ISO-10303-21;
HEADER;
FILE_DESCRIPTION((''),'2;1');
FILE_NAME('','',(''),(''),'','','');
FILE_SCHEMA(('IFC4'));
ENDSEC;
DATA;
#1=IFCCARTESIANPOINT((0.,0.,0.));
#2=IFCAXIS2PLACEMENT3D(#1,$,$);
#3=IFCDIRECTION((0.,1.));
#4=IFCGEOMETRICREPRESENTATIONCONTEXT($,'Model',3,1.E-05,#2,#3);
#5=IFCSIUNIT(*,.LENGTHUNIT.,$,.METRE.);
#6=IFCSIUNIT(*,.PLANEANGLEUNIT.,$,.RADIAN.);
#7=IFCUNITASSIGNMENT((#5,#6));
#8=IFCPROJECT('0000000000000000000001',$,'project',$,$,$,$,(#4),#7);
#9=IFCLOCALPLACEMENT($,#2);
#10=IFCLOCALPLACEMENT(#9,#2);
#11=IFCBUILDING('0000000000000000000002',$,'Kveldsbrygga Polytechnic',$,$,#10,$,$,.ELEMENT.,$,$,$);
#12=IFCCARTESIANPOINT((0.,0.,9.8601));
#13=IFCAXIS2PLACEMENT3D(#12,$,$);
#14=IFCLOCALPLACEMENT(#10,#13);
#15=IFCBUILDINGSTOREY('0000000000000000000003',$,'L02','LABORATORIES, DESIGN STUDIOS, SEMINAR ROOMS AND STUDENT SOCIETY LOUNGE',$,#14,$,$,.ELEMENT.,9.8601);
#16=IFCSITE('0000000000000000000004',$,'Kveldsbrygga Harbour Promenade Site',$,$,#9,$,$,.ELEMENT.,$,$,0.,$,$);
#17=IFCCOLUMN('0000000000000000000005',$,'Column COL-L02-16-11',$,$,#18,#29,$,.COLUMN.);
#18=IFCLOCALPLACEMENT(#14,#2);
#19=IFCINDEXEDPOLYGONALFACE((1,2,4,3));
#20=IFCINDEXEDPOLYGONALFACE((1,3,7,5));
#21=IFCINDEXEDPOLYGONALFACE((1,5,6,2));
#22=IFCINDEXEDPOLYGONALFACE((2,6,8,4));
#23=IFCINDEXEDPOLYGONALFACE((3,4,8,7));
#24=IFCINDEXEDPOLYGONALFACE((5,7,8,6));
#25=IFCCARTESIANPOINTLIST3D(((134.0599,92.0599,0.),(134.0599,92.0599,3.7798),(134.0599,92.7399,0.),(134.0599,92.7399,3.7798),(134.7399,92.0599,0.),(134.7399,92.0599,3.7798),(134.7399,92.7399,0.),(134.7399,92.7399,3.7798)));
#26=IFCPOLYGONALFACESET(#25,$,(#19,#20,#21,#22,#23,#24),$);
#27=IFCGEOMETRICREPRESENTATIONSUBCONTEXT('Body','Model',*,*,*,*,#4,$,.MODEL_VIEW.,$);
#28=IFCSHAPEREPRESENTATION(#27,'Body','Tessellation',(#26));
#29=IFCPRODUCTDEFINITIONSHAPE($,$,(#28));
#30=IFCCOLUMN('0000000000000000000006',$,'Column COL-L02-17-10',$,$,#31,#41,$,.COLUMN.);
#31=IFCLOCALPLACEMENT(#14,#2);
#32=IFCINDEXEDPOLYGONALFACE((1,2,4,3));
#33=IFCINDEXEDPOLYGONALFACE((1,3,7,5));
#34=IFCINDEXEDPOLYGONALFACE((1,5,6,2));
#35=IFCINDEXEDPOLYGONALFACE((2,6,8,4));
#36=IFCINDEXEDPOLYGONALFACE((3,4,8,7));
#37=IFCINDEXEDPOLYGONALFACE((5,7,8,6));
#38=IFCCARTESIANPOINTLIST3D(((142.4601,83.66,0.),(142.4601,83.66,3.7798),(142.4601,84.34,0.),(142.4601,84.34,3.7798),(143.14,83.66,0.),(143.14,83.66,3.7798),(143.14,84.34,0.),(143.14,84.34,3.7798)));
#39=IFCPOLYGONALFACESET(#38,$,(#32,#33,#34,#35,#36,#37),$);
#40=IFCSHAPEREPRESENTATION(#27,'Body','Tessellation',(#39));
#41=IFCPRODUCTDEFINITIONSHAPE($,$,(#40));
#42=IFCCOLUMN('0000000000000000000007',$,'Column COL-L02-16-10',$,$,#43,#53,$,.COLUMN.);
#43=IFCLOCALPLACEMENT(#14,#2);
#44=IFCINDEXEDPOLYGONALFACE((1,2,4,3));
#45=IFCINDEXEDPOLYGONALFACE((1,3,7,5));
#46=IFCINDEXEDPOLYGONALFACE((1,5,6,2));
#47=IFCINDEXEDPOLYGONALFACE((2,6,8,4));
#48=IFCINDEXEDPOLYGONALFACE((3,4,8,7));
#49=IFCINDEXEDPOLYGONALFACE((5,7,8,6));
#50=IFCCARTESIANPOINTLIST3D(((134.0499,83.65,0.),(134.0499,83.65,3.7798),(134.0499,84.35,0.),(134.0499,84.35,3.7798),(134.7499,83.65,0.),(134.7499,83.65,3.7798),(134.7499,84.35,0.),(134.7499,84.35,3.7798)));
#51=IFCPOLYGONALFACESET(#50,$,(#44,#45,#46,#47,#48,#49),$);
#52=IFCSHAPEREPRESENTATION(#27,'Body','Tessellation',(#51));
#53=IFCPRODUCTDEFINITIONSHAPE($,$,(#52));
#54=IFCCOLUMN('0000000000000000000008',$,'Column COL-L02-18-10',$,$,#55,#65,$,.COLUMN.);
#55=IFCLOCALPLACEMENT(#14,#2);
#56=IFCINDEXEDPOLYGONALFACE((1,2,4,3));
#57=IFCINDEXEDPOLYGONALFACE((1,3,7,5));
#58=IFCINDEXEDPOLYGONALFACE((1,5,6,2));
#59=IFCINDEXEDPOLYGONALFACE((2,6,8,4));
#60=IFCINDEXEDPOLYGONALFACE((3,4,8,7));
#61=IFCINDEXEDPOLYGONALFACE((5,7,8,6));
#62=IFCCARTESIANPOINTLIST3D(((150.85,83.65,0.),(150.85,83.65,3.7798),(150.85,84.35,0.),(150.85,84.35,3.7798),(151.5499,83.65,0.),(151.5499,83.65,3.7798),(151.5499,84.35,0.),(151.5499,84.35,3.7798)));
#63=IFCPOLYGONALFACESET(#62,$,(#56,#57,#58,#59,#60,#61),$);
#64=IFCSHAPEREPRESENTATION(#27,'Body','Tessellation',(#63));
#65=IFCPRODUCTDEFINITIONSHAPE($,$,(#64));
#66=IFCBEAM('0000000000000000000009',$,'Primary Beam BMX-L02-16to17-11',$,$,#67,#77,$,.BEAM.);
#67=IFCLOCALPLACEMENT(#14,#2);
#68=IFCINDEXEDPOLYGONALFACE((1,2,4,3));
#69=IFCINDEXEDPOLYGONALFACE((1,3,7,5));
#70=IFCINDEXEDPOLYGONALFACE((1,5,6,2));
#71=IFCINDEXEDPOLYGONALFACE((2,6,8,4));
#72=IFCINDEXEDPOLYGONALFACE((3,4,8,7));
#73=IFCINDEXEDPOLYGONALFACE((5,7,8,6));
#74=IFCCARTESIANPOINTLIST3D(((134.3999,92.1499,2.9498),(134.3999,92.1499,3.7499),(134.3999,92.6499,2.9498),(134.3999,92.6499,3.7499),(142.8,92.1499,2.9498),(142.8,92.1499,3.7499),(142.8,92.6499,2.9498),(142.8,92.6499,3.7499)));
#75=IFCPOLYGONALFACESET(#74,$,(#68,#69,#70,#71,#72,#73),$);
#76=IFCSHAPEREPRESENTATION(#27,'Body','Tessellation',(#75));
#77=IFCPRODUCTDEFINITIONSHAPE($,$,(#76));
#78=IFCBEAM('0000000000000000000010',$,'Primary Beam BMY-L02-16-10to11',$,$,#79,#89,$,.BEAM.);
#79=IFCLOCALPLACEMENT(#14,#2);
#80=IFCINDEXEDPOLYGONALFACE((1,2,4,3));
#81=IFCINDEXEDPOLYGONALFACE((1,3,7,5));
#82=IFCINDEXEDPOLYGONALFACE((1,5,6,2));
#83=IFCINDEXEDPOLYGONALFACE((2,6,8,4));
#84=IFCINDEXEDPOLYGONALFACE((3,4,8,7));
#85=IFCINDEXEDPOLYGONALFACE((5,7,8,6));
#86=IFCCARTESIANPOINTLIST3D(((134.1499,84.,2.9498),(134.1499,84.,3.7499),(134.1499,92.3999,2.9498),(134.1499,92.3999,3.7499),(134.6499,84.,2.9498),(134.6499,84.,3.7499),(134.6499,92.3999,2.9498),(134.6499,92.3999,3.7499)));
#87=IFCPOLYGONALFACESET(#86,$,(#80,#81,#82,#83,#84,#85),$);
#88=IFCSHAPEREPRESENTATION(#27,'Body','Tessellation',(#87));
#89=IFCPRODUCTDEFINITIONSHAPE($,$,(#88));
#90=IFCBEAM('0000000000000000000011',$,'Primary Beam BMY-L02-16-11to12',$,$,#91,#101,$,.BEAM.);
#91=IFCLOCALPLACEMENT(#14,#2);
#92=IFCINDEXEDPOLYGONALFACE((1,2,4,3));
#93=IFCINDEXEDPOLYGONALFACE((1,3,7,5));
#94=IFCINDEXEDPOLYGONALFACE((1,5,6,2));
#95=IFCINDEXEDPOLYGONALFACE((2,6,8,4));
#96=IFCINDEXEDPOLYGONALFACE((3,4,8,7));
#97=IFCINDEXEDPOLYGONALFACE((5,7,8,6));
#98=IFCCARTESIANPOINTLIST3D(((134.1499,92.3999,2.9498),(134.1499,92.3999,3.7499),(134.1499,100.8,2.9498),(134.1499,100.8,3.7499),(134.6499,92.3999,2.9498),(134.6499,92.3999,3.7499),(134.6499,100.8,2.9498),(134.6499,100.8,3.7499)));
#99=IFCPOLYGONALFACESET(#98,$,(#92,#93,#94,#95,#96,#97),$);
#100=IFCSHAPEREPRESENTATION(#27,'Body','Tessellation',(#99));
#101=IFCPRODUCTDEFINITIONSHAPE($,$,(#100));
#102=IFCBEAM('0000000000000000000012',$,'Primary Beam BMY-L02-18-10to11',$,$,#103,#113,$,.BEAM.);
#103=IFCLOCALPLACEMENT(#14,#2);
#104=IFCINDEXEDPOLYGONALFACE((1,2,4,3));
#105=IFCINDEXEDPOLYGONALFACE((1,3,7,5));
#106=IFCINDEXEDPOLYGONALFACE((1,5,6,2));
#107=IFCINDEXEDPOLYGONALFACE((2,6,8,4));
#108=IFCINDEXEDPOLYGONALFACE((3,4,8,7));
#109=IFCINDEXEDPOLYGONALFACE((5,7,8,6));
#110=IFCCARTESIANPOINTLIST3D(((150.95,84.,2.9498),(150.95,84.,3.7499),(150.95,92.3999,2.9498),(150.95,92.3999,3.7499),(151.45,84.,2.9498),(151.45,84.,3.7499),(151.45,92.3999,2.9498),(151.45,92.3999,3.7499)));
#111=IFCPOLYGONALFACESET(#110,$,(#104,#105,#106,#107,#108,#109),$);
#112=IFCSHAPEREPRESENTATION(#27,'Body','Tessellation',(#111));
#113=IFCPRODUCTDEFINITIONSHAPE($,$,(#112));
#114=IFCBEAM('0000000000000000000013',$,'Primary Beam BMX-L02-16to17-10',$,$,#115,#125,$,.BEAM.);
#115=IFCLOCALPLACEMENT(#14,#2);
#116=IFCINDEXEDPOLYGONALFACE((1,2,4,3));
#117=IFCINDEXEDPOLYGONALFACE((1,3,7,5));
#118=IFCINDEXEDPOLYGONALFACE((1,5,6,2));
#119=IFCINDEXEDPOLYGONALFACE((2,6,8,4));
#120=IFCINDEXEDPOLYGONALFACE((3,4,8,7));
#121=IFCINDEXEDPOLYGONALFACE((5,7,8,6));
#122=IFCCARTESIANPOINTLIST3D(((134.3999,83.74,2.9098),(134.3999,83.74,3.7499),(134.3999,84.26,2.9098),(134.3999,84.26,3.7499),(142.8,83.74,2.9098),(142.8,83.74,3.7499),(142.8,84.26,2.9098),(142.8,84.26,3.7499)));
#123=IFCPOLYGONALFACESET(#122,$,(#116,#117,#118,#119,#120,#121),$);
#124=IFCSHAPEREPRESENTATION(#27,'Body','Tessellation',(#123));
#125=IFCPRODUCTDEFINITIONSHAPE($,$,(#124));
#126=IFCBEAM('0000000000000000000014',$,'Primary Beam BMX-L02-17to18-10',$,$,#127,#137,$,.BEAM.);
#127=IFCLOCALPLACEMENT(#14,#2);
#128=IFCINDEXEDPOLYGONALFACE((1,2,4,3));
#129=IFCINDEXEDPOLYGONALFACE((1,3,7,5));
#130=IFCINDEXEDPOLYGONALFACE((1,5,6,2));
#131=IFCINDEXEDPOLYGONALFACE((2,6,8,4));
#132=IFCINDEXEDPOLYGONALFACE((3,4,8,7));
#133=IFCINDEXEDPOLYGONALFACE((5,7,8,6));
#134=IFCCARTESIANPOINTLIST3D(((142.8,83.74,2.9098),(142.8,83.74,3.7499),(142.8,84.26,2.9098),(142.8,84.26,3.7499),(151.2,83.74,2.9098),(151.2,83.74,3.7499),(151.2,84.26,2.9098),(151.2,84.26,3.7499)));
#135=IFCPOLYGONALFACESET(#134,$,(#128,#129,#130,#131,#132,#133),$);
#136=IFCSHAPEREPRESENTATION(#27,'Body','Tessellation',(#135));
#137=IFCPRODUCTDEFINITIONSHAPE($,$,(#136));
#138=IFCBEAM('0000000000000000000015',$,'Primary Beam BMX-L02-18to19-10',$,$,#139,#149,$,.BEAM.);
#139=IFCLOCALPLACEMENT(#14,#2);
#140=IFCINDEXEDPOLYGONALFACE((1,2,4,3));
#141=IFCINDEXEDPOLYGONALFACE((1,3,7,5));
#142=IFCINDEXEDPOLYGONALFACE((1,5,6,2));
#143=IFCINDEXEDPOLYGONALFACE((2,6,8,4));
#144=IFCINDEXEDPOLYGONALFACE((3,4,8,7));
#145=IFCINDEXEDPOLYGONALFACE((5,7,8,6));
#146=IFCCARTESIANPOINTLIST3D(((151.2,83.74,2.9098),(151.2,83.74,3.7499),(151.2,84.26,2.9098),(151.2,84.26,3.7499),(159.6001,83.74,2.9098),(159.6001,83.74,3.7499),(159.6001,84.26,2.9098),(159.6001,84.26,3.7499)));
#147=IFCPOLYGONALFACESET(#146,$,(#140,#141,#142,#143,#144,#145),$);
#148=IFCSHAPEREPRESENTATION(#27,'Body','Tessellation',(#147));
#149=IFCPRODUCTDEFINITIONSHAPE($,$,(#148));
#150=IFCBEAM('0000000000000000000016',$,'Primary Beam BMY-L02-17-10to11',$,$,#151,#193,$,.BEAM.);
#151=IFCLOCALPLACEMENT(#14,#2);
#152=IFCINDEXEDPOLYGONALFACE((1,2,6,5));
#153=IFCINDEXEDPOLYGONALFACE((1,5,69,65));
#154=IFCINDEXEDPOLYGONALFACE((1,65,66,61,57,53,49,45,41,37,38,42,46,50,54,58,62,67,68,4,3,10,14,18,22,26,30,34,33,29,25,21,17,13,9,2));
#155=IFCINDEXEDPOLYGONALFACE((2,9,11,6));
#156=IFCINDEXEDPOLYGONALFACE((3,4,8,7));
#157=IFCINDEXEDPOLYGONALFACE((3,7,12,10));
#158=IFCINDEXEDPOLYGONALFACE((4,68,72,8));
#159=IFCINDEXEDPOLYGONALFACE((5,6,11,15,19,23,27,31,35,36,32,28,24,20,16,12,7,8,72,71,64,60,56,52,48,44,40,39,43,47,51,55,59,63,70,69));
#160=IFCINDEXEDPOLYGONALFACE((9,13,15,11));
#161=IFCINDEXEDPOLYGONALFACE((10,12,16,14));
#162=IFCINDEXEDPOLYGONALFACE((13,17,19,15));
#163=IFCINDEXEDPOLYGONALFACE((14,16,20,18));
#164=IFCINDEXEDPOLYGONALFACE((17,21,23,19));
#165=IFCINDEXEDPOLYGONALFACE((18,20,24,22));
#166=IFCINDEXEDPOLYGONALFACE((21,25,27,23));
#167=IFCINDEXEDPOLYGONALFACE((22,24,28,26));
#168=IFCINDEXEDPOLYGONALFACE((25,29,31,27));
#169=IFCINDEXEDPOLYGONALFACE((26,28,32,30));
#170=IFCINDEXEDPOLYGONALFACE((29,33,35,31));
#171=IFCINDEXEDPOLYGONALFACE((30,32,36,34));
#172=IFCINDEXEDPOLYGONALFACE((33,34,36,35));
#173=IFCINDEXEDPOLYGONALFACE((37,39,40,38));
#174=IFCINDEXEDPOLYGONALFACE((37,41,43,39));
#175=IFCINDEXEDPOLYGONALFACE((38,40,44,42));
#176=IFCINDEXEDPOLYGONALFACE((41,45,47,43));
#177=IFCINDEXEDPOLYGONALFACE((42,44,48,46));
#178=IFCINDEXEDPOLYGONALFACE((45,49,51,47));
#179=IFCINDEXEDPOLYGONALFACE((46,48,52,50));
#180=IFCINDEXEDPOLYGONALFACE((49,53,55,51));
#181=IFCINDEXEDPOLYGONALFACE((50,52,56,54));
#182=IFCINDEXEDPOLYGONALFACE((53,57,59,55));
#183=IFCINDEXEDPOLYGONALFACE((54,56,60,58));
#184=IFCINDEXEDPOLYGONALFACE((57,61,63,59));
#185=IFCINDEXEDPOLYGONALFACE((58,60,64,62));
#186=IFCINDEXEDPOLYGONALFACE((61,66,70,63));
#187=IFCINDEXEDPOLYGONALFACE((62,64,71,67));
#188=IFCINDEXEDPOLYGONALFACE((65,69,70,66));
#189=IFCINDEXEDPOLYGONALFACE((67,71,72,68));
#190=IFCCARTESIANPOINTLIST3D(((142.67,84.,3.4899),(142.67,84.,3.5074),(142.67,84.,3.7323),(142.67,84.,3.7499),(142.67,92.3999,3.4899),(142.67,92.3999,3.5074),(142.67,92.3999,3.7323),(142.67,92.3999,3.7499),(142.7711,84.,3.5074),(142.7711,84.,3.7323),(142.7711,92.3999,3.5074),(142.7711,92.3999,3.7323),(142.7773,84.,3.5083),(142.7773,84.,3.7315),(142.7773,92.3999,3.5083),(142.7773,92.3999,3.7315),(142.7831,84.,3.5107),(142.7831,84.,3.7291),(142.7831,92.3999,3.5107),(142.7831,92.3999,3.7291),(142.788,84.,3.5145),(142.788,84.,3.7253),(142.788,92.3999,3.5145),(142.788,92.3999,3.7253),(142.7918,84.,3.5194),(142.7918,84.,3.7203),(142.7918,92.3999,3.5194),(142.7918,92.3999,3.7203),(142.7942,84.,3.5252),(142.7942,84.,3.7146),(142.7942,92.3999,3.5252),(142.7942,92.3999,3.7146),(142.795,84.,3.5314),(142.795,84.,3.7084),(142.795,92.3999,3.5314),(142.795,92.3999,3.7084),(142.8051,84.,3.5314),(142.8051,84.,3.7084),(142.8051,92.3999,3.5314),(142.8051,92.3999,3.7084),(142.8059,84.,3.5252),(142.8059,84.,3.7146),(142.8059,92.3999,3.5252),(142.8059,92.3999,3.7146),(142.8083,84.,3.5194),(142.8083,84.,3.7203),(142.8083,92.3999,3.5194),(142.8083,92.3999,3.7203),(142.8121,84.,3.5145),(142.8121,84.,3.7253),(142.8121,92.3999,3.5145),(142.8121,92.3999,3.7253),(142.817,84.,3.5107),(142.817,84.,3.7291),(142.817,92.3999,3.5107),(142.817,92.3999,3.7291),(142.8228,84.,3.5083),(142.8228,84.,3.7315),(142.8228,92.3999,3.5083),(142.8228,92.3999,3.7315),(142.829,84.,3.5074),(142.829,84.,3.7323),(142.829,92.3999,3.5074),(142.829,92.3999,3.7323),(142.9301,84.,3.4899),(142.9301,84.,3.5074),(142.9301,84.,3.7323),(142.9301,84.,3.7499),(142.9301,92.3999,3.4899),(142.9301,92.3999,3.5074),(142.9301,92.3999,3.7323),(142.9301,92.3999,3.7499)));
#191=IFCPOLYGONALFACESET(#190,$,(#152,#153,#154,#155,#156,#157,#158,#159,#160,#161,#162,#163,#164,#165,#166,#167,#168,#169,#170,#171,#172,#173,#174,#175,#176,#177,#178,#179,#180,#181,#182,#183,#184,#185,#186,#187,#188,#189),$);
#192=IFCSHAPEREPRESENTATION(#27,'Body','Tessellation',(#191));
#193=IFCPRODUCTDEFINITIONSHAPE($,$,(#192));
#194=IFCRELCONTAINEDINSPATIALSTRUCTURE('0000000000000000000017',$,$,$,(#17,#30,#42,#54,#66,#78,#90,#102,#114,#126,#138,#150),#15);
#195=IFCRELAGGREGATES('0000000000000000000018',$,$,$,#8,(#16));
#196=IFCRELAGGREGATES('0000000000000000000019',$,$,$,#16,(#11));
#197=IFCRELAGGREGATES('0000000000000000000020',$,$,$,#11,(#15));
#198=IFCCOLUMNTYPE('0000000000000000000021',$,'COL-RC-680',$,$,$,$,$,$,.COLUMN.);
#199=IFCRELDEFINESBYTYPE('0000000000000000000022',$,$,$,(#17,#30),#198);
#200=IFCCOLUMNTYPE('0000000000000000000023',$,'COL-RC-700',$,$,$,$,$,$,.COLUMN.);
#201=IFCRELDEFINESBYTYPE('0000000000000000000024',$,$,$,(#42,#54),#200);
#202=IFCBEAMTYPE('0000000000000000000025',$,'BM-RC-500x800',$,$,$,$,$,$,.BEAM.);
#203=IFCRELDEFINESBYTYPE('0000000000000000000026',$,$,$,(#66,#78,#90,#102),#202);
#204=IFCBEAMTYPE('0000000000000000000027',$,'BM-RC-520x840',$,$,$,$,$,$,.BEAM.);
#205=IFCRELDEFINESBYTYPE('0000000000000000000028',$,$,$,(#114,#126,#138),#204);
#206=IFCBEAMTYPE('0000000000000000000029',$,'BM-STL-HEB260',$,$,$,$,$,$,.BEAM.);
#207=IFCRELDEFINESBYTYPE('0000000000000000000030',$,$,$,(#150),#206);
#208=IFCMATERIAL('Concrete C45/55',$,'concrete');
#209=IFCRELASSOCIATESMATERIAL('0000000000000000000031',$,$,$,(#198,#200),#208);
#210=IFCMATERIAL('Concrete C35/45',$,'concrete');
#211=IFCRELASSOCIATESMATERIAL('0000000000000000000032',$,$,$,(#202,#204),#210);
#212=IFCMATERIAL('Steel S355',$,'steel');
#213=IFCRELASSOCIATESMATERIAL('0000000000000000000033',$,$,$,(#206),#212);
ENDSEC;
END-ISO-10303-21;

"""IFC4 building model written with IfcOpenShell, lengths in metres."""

from ifc_helpers import new_model, si_unit, direction, frame, origin, origin_2d, place, context, subcontext, project, spatial, rectangle, i_section, extrude, material, material_profile, profile_set, type_object, element, save


model = new_model("IFC4")

# Units and contexts
model_context = context("Model", 3, precision=1e-05, world=origin(), true_north=direction((0.0, 1.0)))
body_context = subcontext(model_context, "Body", "Model", "MODEL_VIEW")
ifc_project = project(units=[si_unit("LENGTHUNIT", "METRE"), si_unit("PLANEANGLEUNIT", "RADIAN")], contexts=[model_context])

# Site, building, storey
site_placement = place(None, origin())
site = spatial("IfcSite", under=ifc_project, at=site_placement, Name="Kveldsbrygga Harbour Promenade Site", CompositionType="ELEMENT", RefElevation=0.0)
building_placement = place(site_placement, origin())
building = spatial("IfcBuilding", under=site, at=building_placement, Name="Kveldsbrygga Polytechnic", CompositionType="ELEMENT")
storey_placement = place(building_placement, frame((0.0, 0.0, 9.8601)))
storey = spatial("IfcBuildingStorey", under=building, at=storey_placement, Name="L02", Description="LABORATORIES, DESIGN STUDIOS, SEMINAR ROOMS AND STUDENT SOCIETY LOUNGE", CompositionType="ELEMENT", Elevation=9.8601)

# Columns
ifc_material_1 = material(Name="Concrete C45/55", Category="concrete")
ifc_material_profile_1 = material_profile(ifc_material_1, rectangle(XDim=0.6799, YDim=0.6799, at=origin_2d()), Name="RC 680x680")
ifc_profile_set_1 = profile_set([ifc_material_profile_1], Name="Concrete C45/55")
column_type_1 = type_object("IfcColumnType", Name="COL-RC-680", PredefinedType="COLUMN", material=ifc_profile_set_1)
for number, where, z_axis, x_axis, name in (
    (1, (134.3999, 92.3999, 0.0), (0.0, 0.0, 1.0), (1.0, 0.0, 0.0), "Column COL-L02-16-11"),
    (2, (142.8, 84.0, 0.0), (0.0, 0.0, 1.0), (1.0, 0.0, 0.0), "Column COL-L02-17-10"),
):
    element("IfcColumn", number, at=place(storey_placement, frame(where, z_axis=z_axis, x_axis=x_axis)), inside=storey, type_object=column_type_1, Name=name, PredefinedType="COLUMN", context=body_context, shape_type="SweptSolid", body=[
        extrude(rectangle(XDim=0.6799, YDim=0.6799, at=origin_2d()), origin(), (0.0, 0.0, 1.0), 3.7798),
    ])
ifc_material_profile_2 = material_profile(ifc_material_1, rectangle(XDim=0.7, YDim=0.7, at=origin_2d()), Name="RC 700x700")
ifc_profile_set_2 = profile_set([ifc_material_profile_2], Name="Concrete C45/55")
column_type_2 = type_object("IfcColumnType", Name="COL-RC-700", PredefinedType="COLUMN", material=ifc_profile_set_2)
for number, where, z_axis, x_axis, name in (
    (3, (134.3999, 84.0, 0.0), (0.0, 0.0, 1.0), (1.0, 0.0, 0.0), "Column COL-L02-16-10"),
    (4, (151.2, 84.0, 0.0), (0.0, 0.0, 1.0), (1.0, 0.0, 0.0), "Column COL-L02-18-10"),
):
    element("IfcColumn", number, at=place(storey_placement, frame(where, z_axis=z_axis, x_axis=x_axis)), inside=storey, type_object=column_type_2, Name=name, PredefinedType="COLUMN", context=body_context, shape_type="SweptSolid", body=[
        extrude(rectangle(XDim=0.7, YDim=0.7, at=origin_2d()), origin(), (0.0, 0.0, 1.0), 3.7798),
    ])

# Beams
ifc_material_2 = material(Name="Concrete C35/45", Category="concrete")
ifc_material_profile_3 = material_profile(ifc_material_2, rectangle(XDim=0.5, YDim=0.8, at=origin_2d()), Name="RC 500x800")
ifc_profile_set_3 = profile_set([ifc_material_profile_3], Name="Concrete C35/45")
beam_type_1 = type_object("IfcBeamType", Name="BM-RC-500x800", PredefinedType="BEAM", material=ifc_profile_set_3)
beam_1_placement = place(storey_placement, frame((134.3999, 92.3999, 3.3499), z_axis=(1.0, 0.0, 0.0), x_axis=(0.0, 1.0, 0.0)))
element("IfcBeam", 5, at=beam_1_placement, inside=storey, type_object=beam_type_1, Name="Primary Beam BMX-L02-16to17-11", PredefinedType="BEAM", context=body_context, shape_type="SweptSolid", body=[
    extrude(rectangle(XDim=0.5, YDim=0.8, at=origin_2d()), origin(), (0.0, 0.0, 1.0), 8.4001),
])
beam_2_placement = place(storey_placement, frame((134.3999, 84.0, 3.3499), z_axis=(0.0, 1.0, 0.0), x_axis=(-1.0, 0.0, 0.0)))
element("IfcBeam", 6, at=beam_2_placement, inside=storey, type_object=beam_type_1, Name="Primary Beam BMY-L02-16-10to11", PredefinedType="BEAM", context=body_context, shape_type="SweptSolid", body=[
    extrude(rectangle(XDim=0.5, YDim=0.8, at=origin_2d()), origin(), (0.0, 0.0, 1.0), 8.3999),
])
beam_3_placement = place(storey_placement, frame((134.3999, 92.3999, 3.3499), z_axis=(0.0, 1.0, 0.0), x_axis=(-1.0, 0.0, 0.0)))
element("IfcBeam", 7, at=beam_3_placement, inside=storey, type_object=beam_type_1, Name="Primary Beam BMY-L02-16-11to12", PredefinedType="BEAM", context=body_context, shape_type="SweptSolid", body=[
    extrude(rectangle(XDim=0.5, YDim=0.8, at=origin_2d()), origin(), (0.0, 0.0, 1.0), 8.4001),
])
beam_4_placement = place(storey_placement, frame((151.2, 84.0, 3.3499), z_axis=(0.0, 1.0, 0.0), x_axis=(-1.0, 0.0, 0.0)))
element("IfcBeam", 8, at=beam_4_placement, inside=storey, type_object=beam_type_1, Name="Primary Beam BMY-L02-18-10to11", PredefinedType="BEAM", context=body_context, shape_type="SweptSolid", body=[
    extrude(rectangle(XDim=0.5, YDim=0.8, at=origin_2d()), origin(), (0.0, 0.0, 1.0), 8.3999),
])
ifc_material_profile_4 = material_profile(ifc_material_2, rectangle(XDim=0.52, YDim=0.8401, at=origin_2d()), Name="RC 520x840")
ifc_profile_set_4 = profile_set([ifc_material_profile_4], Name="Concrete C35/45")
beam_type_2 = type_object("IfcBeamType", Name="BM-RC-520x840", PredefinedType="BEAM", material=ifc_profile_set_4)
beam_5_placement = place(storey_placement, frame((134.3999, 84.0, 3.3298), z_axis=(1.0, 0.0, 0.0), x_axis=(0.0, 1.0, 0.0)))
element("IfcBeam", 9, at=beam_5_placement, inside=storey, type_object=beam_type_2, Name="Primary Beam BMX-L02-16to17-10", PredefinedType="BEAM", context=body_context, shape_type="SweptSolid", body=[
    extrude(rectangle(XDim=0.52, YDim=0.8401, at=origin_2d()), origin(), (0.0, 0.0, 1.0), 8.4001),
])
beam_6_placement = place(storey_placement, frame((142.8, 84.0, 3.3298), z_axis=(1.0, 0.0, 0.0), x_axis=(0.0, 1.0, 0.0)))
element("IfcBeam", 10, at=beam_6_placement, inside=storey, type_object=beam_type_2, Name="Primary Beam BMX-L02-17to18-10", PredefinedType="BEAM", context=body_context, shape_type="SweptSolid", body=[
    extrude(rectangle(XDim=0.52, YDim=0.8401, at=origin_2d()), origin(), (0.0, 0.0, 1.0), 8.3999),
])
beam_7_placement = place(storey_placement, frame((151.2, 84.0, 3.3298), z_axis=(1.0, 0.0, 0.0), x_axis=(0.0, 1.0, 0.0)))
element("IfcBeam", 11, at=beam_7_placement, inside=storey, type_object=beam_type_2, Name="Primary Beam BMX-L02-18to19-10", PredefinedType="BEAM", context=body_context, shape_type="SweptSolid", body=[
    extrude(rectangle(XDim=0.52, YDim=0.8401, at=origin_2d()), origin(), (0.0, 0.0, 1.0), 8.4001),
])
ifc_material_3 = material(Name="Steel S355", Category="steel")
ifc_material_profile_5 = material_profile(ifc_material_3, i_section(OverallWidth=0.26, OverallDepth=0.26, WebThickness=0.01, FlangeThickness=0.0176, FilletRadius=0.0239, at=origin_2d()), Name="HEB 260")
ifc_profile_set_5 = profile_set([ifc_material_profile_5], Name="Steel S355")
beam_type_3 = type_object("IfcBeamType", Name="BM-STL-HEB260", PredefinedType="BEAM", material=ifc_profile_set_5)
beam_8_placement = place(storey_placement, frame((142.8, 84.0, 3.6199), z_axis=(0.0, 1.0, 0.0), x_axis=(-1.0, 0.0, 0.0)))
element("IfcBeam", 12, at=beam_8_placement, inside=storey, type_object=beam_type_3, Name="Primary Beam BMY-L02-17-10to11", PredefinedType="BEAM", context=body_context, shape_type="SweptSolid", body=[
    extrude(i_section(OverallWidth=0.26, OverallDepth=0.26, WebThickness=0.01, FlangeThickness=0.0176, FilletRadius=0.0239, at=origin_2d()), origin(), (0.0, 0.0, 1.0), 8.3999),
])

save(model, "model.ifc")
